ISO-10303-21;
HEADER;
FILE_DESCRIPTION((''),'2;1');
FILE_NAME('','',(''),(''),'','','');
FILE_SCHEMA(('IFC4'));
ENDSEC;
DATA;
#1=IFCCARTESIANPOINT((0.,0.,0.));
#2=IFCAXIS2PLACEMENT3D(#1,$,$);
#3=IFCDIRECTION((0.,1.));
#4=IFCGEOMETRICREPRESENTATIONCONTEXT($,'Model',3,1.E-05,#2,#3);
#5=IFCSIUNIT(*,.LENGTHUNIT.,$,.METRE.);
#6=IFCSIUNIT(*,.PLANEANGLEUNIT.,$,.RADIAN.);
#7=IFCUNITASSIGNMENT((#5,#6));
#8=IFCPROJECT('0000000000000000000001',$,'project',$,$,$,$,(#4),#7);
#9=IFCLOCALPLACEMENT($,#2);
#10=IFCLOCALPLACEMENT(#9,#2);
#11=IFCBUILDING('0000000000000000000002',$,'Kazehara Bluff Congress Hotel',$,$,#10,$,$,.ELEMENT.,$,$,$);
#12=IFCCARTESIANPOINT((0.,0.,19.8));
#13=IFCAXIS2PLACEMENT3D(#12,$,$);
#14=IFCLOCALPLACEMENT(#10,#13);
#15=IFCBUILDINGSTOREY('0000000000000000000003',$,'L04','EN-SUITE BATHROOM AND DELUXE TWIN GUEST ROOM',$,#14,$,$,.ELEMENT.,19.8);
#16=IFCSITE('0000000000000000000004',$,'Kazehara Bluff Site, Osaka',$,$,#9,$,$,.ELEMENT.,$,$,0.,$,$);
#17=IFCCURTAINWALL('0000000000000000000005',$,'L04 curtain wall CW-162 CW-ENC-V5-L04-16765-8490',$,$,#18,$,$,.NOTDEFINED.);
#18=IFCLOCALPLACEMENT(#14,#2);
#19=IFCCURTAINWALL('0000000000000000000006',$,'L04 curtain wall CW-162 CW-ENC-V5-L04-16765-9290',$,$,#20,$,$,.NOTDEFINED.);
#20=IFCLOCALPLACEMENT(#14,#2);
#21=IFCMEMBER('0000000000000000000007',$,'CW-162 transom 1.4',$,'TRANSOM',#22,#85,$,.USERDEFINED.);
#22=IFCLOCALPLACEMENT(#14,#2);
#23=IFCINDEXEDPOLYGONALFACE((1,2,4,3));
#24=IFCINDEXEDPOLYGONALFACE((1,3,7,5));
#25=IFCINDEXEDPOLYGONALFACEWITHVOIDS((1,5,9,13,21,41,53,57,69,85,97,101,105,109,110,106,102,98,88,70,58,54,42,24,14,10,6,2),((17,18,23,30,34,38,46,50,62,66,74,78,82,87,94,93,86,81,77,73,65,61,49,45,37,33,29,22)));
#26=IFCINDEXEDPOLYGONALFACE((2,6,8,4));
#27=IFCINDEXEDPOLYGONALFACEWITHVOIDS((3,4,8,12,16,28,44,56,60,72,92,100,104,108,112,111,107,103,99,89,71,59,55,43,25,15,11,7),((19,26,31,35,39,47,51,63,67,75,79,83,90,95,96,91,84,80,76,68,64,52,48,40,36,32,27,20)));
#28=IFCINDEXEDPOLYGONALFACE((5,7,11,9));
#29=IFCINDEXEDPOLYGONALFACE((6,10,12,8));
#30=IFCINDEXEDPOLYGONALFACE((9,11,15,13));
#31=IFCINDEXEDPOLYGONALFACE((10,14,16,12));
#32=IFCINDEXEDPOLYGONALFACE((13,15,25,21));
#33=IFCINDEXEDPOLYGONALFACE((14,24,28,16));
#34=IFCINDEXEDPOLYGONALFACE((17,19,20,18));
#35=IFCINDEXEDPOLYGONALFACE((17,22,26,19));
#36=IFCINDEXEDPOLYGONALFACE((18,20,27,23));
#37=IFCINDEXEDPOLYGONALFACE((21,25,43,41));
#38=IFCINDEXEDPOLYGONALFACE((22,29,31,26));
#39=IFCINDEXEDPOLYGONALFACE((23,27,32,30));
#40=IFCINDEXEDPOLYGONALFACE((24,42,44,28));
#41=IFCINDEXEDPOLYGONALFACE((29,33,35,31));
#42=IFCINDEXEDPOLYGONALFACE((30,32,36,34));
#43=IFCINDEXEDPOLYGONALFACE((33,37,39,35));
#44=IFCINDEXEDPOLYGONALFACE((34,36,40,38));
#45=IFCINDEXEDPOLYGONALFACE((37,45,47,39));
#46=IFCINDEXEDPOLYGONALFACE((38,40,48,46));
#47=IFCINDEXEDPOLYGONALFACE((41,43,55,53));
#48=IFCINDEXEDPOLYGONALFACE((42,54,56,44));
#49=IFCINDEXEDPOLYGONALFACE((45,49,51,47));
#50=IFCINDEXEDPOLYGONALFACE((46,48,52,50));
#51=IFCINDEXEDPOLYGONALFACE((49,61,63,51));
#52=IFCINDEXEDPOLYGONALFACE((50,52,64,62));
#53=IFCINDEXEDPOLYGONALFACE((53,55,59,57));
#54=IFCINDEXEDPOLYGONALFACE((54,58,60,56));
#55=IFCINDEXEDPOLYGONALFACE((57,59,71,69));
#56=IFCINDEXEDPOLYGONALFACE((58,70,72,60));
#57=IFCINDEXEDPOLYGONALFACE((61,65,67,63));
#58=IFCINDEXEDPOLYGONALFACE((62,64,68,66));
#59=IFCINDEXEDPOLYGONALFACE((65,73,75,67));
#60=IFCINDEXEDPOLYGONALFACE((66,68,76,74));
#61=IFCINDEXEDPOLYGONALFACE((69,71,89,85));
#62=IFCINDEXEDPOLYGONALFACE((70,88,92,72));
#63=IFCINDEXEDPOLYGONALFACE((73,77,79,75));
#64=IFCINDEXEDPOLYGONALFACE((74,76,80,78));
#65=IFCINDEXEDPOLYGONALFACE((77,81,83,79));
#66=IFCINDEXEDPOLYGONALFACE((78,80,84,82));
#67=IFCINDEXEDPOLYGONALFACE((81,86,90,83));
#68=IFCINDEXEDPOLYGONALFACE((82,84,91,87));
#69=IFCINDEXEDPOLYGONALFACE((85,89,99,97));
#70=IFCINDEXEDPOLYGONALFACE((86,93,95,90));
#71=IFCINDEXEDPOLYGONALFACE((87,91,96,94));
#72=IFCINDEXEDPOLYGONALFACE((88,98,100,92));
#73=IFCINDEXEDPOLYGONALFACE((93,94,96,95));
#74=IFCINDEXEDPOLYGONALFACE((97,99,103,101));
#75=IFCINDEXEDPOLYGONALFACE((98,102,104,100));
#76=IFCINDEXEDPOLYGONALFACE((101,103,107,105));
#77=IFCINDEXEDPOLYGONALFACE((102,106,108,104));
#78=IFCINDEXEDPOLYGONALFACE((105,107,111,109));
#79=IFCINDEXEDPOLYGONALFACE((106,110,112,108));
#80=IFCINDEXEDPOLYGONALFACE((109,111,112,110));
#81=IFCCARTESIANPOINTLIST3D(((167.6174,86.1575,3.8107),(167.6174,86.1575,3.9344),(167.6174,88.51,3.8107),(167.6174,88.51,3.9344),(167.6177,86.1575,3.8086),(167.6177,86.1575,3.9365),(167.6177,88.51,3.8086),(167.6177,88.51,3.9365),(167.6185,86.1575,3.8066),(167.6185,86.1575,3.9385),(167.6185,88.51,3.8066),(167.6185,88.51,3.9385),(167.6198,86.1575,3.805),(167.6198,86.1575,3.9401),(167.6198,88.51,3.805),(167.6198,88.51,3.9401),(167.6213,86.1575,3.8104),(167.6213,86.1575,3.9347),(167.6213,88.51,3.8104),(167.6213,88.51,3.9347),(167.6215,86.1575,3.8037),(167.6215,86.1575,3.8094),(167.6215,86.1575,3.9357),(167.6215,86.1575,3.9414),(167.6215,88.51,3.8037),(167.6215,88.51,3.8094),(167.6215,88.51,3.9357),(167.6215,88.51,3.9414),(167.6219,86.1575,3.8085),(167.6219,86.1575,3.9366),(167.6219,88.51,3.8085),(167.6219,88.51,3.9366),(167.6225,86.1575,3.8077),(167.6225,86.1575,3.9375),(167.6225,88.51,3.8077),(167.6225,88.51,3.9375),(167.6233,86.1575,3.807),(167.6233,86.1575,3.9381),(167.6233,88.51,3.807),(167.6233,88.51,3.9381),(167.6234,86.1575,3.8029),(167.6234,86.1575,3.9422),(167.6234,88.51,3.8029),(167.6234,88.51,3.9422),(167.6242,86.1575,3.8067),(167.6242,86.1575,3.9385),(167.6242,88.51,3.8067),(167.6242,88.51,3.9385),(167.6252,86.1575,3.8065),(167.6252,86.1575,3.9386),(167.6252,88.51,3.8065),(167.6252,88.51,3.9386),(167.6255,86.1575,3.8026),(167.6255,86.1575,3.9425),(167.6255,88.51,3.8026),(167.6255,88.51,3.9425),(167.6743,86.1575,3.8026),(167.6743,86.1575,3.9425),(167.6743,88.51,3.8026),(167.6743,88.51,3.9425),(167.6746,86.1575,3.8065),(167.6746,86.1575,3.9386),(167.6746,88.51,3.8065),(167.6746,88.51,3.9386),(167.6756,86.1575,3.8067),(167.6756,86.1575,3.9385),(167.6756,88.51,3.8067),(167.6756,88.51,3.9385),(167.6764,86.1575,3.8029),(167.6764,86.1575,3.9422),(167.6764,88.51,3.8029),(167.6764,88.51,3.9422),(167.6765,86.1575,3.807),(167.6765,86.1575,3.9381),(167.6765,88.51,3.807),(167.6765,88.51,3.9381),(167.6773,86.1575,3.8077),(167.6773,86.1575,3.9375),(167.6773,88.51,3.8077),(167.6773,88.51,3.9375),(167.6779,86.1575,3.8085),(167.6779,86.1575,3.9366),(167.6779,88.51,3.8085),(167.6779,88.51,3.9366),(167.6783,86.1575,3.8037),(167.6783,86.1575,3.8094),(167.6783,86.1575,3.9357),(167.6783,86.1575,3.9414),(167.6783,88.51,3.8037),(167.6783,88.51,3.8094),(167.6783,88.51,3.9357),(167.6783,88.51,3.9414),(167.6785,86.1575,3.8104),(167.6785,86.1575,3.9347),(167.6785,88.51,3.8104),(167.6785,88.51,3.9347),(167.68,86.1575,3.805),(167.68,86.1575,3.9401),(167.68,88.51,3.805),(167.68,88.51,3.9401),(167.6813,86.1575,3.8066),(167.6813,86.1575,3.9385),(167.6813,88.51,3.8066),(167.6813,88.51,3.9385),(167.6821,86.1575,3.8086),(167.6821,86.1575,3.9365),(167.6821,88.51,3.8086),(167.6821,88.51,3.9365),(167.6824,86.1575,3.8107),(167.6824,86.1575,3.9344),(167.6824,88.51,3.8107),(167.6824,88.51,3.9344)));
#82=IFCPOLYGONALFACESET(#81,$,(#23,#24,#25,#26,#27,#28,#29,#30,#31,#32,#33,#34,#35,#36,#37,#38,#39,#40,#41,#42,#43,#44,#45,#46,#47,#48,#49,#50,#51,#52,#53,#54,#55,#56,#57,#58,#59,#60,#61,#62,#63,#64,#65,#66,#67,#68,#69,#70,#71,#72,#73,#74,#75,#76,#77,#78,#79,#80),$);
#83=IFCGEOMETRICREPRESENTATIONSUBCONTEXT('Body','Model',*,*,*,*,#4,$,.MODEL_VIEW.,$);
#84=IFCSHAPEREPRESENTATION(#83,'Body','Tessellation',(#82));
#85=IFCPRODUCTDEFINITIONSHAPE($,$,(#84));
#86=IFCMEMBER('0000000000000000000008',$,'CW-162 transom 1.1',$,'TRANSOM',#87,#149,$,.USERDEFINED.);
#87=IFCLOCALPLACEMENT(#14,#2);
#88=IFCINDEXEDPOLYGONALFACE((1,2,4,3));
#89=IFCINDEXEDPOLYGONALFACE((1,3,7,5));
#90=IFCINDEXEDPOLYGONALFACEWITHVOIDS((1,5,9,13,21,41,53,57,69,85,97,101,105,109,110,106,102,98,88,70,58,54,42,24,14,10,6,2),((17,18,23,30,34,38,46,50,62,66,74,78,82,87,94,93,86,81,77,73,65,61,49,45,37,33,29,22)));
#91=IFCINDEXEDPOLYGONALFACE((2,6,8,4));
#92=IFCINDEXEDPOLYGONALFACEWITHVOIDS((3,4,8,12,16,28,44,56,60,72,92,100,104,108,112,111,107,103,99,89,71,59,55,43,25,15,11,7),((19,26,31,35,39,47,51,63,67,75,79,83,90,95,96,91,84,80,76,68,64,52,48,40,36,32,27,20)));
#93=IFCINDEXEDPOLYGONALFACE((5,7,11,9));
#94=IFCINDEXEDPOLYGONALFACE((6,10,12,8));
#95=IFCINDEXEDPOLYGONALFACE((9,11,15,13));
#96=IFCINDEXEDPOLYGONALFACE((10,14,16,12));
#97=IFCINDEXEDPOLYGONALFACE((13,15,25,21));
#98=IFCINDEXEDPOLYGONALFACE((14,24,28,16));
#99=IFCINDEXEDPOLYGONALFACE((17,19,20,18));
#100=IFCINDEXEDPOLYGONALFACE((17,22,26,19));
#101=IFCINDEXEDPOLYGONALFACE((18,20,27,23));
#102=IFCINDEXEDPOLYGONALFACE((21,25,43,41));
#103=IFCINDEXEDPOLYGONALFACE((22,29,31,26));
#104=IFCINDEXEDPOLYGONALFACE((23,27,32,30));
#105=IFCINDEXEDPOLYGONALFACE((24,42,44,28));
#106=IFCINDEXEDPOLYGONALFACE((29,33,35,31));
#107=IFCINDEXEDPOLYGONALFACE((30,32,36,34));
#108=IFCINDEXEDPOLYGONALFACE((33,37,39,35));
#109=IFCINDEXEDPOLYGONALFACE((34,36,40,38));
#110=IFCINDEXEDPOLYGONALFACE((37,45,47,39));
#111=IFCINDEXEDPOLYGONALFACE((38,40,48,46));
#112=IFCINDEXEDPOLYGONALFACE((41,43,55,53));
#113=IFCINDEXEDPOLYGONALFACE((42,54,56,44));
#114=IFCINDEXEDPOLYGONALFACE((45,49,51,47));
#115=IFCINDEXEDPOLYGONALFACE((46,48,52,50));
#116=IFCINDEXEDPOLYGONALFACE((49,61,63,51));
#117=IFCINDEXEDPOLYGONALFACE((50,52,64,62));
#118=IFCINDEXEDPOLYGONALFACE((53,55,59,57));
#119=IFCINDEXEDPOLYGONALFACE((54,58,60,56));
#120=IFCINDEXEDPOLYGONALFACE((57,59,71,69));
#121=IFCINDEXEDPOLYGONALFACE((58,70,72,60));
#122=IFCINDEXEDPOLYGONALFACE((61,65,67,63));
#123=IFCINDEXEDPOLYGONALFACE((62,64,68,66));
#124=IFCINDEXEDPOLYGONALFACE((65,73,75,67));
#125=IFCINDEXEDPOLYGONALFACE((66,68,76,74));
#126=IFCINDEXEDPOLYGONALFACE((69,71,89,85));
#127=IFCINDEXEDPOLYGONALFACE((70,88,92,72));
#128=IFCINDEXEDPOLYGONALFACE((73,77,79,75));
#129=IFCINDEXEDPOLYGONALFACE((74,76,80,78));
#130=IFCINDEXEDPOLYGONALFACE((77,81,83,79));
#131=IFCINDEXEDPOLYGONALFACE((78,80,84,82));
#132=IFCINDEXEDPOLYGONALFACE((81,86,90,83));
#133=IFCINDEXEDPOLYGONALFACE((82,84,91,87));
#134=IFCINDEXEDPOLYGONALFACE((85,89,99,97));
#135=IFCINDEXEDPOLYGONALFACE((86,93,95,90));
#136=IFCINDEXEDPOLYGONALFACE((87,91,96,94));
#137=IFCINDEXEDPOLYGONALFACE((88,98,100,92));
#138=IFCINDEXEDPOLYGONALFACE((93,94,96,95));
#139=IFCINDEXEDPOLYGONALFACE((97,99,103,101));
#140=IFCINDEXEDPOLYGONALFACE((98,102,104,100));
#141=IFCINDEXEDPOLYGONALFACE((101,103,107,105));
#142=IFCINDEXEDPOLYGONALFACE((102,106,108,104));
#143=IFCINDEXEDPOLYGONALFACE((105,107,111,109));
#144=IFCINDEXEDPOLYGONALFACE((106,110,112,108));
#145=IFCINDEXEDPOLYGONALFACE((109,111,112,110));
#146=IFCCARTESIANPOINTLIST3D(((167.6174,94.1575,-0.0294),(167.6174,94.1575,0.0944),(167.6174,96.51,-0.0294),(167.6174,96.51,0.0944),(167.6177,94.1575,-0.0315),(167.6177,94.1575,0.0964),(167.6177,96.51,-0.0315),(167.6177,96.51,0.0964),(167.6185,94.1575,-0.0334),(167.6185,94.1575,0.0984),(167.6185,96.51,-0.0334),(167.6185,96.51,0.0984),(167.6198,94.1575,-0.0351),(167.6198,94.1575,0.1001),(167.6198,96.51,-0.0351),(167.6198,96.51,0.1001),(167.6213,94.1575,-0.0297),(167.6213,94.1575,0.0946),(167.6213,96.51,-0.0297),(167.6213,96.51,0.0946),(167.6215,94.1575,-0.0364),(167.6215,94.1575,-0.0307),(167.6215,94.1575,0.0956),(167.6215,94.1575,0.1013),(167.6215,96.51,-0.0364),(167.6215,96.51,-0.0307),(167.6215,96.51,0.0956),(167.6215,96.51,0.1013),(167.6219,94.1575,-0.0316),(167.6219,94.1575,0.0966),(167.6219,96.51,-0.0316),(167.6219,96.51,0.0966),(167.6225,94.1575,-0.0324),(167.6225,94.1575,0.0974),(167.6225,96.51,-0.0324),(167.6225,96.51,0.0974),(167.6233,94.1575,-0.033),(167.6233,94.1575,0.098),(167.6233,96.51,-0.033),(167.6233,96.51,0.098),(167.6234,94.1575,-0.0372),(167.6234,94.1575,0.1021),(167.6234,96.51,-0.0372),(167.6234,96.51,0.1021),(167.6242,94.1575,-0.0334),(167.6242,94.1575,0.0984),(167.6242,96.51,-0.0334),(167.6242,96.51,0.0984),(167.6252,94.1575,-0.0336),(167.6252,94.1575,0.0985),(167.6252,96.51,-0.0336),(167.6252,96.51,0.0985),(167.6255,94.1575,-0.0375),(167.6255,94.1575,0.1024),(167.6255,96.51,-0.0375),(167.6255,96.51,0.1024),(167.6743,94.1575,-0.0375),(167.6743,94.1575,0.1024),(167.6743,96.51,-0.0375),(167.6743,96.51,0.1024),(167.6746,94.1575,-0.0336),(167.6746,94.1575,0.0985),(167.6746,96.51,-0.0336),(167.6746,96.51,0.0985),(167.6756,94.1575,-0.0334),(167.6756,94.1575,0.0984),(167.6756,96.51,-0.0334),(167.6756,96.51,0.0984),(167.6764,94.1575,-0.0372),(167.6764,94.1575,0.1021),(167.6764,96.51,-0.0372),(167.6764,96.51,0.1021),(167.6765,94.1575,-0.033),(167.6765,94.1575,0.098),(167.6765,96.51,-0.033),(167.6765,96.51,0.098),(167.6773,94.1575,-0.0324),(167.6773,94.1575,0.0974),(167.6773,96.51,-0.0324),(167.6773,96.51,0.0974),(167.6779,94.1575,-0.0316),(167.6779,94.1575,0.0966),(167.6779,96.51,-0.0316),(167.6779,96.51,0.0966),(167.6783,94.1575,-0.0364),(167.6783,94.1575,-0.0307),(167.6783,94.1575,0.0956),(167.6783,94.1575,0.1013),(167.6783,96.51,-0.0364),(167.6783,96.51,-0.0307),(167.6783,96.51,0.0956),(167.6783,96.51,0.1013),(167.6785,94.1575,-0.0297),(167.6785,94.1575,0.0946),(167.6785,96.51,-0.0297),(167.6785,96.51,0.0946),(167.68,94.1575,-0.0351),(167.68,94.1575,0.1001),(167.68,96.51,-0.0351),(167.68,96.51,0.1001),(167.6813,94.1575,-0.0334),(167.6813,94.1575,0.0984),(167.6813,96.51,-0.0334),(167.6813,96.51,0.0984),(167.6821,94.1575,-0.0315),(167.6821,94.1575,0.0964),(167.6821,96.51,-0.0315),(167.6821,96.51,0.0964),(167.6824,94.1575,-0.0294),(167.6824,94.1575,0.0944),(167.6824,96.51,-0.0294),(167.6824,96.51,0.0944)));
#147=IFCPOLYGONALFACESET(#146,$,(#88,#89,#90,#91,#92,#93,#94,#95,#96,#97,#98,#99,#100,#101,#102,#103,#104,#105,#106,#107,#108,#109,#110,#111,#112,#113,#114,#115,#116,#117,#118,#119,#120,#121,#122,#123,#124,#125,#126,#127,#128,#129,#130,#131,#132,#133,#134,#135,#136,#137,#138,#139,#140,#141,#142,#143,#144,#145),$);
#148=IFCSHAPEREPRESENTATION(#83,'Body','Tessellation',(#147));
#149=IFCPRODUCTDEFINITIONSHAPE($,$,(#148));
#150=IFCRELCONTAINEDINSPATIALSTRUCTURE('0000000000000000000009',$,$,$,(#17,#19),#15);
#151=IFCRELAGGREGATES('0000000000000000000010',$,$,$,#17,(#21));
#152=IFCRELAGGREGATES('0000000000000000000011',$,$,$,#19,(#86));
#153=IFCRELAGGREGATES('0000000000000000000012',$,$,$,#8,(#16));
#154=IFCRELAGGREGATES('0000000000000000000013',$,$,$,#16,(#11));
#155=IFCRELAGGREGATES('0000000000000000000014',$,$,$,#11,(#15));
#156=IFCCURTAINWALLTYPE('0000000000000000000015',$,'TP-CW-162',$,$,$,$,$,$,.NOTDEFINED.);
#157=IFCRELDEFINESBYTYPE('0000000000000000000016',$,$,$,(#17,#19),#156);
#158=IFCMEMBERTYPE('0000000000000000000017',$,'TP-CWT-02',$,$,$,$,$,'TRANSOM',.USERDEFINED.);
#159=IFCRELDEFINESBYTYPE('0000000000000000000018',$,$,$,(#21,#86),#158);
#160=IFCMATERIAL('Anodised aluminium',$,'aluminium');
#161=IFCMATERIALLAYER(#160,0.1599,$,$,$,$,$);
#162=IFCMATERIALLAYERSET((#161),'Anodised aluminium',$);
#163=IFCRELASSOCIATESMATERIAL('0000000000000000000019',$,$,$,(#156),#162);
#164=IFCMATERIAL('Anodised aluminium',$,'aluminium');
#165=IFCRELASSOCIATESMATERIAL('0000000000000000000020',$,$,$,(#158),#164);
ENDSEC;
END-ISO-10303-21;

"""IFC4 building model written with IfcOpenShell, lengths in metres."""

from ifc_helpers import new_model, si_unit, direction, frame, origin, origin_2d, place, context, subcontext, project, spatial, hollow_rectangle, extrude, material, layer, layer_set, material_profile, profile_set, type_object, element, aggregate, save


model = new_model("IFC4")

# Units and contexts
model_context = context("Model", 3, precision=1e-05, world=origin(), true_north=direction((0.0, 1.0)))
body_context = subcontext(model_context, "Body", "Model", "MODEL_VIEW")
ifc_project = project(units=[si_unit("LENGTHUNIT", "METRE"), si_unit("PLANEANGLEUNIT", "RADIAN")], contexts=[model_context])

# Site, building, storey
site_placement = place(None, origin())
site = spatial("IfcSite", under=ifc_project, at=site_placement, Name="Kazehara Bluff Site, Osaka", CompositionType="ELEMENT", RefElevation=0.0)
building_placement = place(site_placement, origin())
building = spatial("IfcBuilding", under=site, at=building_placement, Name="Kazehara Bluff Congress Hotel", CompositionType="ELEMENT")
storey_placement = place(building_placement, frame((0.0, 0.0, 19.8)))
storey = spatial("IfcBuildingStorey", under=building, at=storey_placement, Name="L04", Description="EN-SUITE BATHROOM AND DELUXE TWIN GUEST ROOM", CompositionType="ELEMENT", Elevation=19.8)

# Curtain walls
ifc_material_1 = material(Name="Anodised aluminium", Category="aluminium")
ifc_layer_1 = layer(ifc_material_1, 0.1599)
ifc_layer_set_1 = layer_set([ifc_layer_1], Name="Anodised aluminium")
curtain_wall_type_1 = type_object("IfcCurtainWallType", Name="TP-CW-162", PredefinedType="NOTDEFINED", material=ifc_layer_set_1)
curtain_wall_1_placement = place(storey_placement, origin())
curtain_wall_1 = element("IfcCurtainWall", 1, at=curtain_wall_1_placement, inside=storey, type_object=curtain_wall_type_1, Name="L04 curtain wall CW-162 CW-ENC-V5-L04-16765-8490", PredefinedType="NOTDEFINED")
curtain_wall_2_placement = place(storey_placement, origin())
curtain_wall_2 = element("IfcCurtainWall", 2, at=curtain_wall_2_placement, inside=storey, type_object=curtain_wall_type_1, Name="L04 curtain wall CW-162 CW-ENC-V5-L04-16765-9290", PredefinedType="NOTDEFINED")

# Members
ifc_material_2 = material(Name="Anodised aluminium", Category="aluminium")
ifc_material_profile_1 = material_profile(ifc_material_2, hollow_rectangle(XDim=0.0649, YDim=0.1399, WallThickness=0.0039, InnerFilletRadius=0.0039, OuterFilletRadius=0.0081, at=origin_2d()))
ifc_profile_set_1 = profile_set([ifc_material_profile_1], Name="Anodised aluminium")
member_type_1 = type_object("IfcMemberType", Name="TP-CWT-02", ElementType="TRANSOM", PredefinedType="USERDEFINED", material=ifc_profile_set_1)
member_1_placement = place(storey_placement, frame((167.6499, 88.51, 3.8726), z_axis=(0.0, -1.0, 0.0), x_axis=(1.0, 0.0, 0.0)))
member_1 = element("IfcMember", 3, at=member_1_placement, type_object=member_type_1, Name="CW-162 transom 1.4", ObjectType="TRANSOM", PredefinedType="USERDEFINED", context=body_context, shape_type="SweptSolid", body=[
    extrude(hollow_rectangle(XDim=0.0649, YDim=0.1399, WallThickness=0.0039, InnerFilletRadius=0.0039, OuterFilletRadius=0.0081, at=origin_2d()), origin(), (0.0, 0.0, 1.0), 2.3525),
])
member_2_placement = place(storey_placement, frame((167.6499, 96.51, 0.0325), z_axis=(0.0, -1.0, 0.0), x_axis=(1.0, 0.0, 0.0)))
member_2 = element("IfcMember", 4, at=member_2_placement, type_object=member_type_1, Name="CW-162 transom 1.1", ObjectType="TRANSOM", PredefinedType="USERDEFINED", context=body_context, shape_type="SweptSolid", body=[
    extrude(hollow_rectangle(XDim=0.0649, YDim=0.1399, WallThickness=0.0039, InnerFilletRadius=0.0039, OuterFilletRadius=0.0081, at=origin_2d()), origin(), (0.0, 0.0, 1.0), 2.3525),
])

aggregate(curtain_wall_1, [member_1])
aggregate(curtain_wall_2, [member_2])

save(model, "model.ifc")
